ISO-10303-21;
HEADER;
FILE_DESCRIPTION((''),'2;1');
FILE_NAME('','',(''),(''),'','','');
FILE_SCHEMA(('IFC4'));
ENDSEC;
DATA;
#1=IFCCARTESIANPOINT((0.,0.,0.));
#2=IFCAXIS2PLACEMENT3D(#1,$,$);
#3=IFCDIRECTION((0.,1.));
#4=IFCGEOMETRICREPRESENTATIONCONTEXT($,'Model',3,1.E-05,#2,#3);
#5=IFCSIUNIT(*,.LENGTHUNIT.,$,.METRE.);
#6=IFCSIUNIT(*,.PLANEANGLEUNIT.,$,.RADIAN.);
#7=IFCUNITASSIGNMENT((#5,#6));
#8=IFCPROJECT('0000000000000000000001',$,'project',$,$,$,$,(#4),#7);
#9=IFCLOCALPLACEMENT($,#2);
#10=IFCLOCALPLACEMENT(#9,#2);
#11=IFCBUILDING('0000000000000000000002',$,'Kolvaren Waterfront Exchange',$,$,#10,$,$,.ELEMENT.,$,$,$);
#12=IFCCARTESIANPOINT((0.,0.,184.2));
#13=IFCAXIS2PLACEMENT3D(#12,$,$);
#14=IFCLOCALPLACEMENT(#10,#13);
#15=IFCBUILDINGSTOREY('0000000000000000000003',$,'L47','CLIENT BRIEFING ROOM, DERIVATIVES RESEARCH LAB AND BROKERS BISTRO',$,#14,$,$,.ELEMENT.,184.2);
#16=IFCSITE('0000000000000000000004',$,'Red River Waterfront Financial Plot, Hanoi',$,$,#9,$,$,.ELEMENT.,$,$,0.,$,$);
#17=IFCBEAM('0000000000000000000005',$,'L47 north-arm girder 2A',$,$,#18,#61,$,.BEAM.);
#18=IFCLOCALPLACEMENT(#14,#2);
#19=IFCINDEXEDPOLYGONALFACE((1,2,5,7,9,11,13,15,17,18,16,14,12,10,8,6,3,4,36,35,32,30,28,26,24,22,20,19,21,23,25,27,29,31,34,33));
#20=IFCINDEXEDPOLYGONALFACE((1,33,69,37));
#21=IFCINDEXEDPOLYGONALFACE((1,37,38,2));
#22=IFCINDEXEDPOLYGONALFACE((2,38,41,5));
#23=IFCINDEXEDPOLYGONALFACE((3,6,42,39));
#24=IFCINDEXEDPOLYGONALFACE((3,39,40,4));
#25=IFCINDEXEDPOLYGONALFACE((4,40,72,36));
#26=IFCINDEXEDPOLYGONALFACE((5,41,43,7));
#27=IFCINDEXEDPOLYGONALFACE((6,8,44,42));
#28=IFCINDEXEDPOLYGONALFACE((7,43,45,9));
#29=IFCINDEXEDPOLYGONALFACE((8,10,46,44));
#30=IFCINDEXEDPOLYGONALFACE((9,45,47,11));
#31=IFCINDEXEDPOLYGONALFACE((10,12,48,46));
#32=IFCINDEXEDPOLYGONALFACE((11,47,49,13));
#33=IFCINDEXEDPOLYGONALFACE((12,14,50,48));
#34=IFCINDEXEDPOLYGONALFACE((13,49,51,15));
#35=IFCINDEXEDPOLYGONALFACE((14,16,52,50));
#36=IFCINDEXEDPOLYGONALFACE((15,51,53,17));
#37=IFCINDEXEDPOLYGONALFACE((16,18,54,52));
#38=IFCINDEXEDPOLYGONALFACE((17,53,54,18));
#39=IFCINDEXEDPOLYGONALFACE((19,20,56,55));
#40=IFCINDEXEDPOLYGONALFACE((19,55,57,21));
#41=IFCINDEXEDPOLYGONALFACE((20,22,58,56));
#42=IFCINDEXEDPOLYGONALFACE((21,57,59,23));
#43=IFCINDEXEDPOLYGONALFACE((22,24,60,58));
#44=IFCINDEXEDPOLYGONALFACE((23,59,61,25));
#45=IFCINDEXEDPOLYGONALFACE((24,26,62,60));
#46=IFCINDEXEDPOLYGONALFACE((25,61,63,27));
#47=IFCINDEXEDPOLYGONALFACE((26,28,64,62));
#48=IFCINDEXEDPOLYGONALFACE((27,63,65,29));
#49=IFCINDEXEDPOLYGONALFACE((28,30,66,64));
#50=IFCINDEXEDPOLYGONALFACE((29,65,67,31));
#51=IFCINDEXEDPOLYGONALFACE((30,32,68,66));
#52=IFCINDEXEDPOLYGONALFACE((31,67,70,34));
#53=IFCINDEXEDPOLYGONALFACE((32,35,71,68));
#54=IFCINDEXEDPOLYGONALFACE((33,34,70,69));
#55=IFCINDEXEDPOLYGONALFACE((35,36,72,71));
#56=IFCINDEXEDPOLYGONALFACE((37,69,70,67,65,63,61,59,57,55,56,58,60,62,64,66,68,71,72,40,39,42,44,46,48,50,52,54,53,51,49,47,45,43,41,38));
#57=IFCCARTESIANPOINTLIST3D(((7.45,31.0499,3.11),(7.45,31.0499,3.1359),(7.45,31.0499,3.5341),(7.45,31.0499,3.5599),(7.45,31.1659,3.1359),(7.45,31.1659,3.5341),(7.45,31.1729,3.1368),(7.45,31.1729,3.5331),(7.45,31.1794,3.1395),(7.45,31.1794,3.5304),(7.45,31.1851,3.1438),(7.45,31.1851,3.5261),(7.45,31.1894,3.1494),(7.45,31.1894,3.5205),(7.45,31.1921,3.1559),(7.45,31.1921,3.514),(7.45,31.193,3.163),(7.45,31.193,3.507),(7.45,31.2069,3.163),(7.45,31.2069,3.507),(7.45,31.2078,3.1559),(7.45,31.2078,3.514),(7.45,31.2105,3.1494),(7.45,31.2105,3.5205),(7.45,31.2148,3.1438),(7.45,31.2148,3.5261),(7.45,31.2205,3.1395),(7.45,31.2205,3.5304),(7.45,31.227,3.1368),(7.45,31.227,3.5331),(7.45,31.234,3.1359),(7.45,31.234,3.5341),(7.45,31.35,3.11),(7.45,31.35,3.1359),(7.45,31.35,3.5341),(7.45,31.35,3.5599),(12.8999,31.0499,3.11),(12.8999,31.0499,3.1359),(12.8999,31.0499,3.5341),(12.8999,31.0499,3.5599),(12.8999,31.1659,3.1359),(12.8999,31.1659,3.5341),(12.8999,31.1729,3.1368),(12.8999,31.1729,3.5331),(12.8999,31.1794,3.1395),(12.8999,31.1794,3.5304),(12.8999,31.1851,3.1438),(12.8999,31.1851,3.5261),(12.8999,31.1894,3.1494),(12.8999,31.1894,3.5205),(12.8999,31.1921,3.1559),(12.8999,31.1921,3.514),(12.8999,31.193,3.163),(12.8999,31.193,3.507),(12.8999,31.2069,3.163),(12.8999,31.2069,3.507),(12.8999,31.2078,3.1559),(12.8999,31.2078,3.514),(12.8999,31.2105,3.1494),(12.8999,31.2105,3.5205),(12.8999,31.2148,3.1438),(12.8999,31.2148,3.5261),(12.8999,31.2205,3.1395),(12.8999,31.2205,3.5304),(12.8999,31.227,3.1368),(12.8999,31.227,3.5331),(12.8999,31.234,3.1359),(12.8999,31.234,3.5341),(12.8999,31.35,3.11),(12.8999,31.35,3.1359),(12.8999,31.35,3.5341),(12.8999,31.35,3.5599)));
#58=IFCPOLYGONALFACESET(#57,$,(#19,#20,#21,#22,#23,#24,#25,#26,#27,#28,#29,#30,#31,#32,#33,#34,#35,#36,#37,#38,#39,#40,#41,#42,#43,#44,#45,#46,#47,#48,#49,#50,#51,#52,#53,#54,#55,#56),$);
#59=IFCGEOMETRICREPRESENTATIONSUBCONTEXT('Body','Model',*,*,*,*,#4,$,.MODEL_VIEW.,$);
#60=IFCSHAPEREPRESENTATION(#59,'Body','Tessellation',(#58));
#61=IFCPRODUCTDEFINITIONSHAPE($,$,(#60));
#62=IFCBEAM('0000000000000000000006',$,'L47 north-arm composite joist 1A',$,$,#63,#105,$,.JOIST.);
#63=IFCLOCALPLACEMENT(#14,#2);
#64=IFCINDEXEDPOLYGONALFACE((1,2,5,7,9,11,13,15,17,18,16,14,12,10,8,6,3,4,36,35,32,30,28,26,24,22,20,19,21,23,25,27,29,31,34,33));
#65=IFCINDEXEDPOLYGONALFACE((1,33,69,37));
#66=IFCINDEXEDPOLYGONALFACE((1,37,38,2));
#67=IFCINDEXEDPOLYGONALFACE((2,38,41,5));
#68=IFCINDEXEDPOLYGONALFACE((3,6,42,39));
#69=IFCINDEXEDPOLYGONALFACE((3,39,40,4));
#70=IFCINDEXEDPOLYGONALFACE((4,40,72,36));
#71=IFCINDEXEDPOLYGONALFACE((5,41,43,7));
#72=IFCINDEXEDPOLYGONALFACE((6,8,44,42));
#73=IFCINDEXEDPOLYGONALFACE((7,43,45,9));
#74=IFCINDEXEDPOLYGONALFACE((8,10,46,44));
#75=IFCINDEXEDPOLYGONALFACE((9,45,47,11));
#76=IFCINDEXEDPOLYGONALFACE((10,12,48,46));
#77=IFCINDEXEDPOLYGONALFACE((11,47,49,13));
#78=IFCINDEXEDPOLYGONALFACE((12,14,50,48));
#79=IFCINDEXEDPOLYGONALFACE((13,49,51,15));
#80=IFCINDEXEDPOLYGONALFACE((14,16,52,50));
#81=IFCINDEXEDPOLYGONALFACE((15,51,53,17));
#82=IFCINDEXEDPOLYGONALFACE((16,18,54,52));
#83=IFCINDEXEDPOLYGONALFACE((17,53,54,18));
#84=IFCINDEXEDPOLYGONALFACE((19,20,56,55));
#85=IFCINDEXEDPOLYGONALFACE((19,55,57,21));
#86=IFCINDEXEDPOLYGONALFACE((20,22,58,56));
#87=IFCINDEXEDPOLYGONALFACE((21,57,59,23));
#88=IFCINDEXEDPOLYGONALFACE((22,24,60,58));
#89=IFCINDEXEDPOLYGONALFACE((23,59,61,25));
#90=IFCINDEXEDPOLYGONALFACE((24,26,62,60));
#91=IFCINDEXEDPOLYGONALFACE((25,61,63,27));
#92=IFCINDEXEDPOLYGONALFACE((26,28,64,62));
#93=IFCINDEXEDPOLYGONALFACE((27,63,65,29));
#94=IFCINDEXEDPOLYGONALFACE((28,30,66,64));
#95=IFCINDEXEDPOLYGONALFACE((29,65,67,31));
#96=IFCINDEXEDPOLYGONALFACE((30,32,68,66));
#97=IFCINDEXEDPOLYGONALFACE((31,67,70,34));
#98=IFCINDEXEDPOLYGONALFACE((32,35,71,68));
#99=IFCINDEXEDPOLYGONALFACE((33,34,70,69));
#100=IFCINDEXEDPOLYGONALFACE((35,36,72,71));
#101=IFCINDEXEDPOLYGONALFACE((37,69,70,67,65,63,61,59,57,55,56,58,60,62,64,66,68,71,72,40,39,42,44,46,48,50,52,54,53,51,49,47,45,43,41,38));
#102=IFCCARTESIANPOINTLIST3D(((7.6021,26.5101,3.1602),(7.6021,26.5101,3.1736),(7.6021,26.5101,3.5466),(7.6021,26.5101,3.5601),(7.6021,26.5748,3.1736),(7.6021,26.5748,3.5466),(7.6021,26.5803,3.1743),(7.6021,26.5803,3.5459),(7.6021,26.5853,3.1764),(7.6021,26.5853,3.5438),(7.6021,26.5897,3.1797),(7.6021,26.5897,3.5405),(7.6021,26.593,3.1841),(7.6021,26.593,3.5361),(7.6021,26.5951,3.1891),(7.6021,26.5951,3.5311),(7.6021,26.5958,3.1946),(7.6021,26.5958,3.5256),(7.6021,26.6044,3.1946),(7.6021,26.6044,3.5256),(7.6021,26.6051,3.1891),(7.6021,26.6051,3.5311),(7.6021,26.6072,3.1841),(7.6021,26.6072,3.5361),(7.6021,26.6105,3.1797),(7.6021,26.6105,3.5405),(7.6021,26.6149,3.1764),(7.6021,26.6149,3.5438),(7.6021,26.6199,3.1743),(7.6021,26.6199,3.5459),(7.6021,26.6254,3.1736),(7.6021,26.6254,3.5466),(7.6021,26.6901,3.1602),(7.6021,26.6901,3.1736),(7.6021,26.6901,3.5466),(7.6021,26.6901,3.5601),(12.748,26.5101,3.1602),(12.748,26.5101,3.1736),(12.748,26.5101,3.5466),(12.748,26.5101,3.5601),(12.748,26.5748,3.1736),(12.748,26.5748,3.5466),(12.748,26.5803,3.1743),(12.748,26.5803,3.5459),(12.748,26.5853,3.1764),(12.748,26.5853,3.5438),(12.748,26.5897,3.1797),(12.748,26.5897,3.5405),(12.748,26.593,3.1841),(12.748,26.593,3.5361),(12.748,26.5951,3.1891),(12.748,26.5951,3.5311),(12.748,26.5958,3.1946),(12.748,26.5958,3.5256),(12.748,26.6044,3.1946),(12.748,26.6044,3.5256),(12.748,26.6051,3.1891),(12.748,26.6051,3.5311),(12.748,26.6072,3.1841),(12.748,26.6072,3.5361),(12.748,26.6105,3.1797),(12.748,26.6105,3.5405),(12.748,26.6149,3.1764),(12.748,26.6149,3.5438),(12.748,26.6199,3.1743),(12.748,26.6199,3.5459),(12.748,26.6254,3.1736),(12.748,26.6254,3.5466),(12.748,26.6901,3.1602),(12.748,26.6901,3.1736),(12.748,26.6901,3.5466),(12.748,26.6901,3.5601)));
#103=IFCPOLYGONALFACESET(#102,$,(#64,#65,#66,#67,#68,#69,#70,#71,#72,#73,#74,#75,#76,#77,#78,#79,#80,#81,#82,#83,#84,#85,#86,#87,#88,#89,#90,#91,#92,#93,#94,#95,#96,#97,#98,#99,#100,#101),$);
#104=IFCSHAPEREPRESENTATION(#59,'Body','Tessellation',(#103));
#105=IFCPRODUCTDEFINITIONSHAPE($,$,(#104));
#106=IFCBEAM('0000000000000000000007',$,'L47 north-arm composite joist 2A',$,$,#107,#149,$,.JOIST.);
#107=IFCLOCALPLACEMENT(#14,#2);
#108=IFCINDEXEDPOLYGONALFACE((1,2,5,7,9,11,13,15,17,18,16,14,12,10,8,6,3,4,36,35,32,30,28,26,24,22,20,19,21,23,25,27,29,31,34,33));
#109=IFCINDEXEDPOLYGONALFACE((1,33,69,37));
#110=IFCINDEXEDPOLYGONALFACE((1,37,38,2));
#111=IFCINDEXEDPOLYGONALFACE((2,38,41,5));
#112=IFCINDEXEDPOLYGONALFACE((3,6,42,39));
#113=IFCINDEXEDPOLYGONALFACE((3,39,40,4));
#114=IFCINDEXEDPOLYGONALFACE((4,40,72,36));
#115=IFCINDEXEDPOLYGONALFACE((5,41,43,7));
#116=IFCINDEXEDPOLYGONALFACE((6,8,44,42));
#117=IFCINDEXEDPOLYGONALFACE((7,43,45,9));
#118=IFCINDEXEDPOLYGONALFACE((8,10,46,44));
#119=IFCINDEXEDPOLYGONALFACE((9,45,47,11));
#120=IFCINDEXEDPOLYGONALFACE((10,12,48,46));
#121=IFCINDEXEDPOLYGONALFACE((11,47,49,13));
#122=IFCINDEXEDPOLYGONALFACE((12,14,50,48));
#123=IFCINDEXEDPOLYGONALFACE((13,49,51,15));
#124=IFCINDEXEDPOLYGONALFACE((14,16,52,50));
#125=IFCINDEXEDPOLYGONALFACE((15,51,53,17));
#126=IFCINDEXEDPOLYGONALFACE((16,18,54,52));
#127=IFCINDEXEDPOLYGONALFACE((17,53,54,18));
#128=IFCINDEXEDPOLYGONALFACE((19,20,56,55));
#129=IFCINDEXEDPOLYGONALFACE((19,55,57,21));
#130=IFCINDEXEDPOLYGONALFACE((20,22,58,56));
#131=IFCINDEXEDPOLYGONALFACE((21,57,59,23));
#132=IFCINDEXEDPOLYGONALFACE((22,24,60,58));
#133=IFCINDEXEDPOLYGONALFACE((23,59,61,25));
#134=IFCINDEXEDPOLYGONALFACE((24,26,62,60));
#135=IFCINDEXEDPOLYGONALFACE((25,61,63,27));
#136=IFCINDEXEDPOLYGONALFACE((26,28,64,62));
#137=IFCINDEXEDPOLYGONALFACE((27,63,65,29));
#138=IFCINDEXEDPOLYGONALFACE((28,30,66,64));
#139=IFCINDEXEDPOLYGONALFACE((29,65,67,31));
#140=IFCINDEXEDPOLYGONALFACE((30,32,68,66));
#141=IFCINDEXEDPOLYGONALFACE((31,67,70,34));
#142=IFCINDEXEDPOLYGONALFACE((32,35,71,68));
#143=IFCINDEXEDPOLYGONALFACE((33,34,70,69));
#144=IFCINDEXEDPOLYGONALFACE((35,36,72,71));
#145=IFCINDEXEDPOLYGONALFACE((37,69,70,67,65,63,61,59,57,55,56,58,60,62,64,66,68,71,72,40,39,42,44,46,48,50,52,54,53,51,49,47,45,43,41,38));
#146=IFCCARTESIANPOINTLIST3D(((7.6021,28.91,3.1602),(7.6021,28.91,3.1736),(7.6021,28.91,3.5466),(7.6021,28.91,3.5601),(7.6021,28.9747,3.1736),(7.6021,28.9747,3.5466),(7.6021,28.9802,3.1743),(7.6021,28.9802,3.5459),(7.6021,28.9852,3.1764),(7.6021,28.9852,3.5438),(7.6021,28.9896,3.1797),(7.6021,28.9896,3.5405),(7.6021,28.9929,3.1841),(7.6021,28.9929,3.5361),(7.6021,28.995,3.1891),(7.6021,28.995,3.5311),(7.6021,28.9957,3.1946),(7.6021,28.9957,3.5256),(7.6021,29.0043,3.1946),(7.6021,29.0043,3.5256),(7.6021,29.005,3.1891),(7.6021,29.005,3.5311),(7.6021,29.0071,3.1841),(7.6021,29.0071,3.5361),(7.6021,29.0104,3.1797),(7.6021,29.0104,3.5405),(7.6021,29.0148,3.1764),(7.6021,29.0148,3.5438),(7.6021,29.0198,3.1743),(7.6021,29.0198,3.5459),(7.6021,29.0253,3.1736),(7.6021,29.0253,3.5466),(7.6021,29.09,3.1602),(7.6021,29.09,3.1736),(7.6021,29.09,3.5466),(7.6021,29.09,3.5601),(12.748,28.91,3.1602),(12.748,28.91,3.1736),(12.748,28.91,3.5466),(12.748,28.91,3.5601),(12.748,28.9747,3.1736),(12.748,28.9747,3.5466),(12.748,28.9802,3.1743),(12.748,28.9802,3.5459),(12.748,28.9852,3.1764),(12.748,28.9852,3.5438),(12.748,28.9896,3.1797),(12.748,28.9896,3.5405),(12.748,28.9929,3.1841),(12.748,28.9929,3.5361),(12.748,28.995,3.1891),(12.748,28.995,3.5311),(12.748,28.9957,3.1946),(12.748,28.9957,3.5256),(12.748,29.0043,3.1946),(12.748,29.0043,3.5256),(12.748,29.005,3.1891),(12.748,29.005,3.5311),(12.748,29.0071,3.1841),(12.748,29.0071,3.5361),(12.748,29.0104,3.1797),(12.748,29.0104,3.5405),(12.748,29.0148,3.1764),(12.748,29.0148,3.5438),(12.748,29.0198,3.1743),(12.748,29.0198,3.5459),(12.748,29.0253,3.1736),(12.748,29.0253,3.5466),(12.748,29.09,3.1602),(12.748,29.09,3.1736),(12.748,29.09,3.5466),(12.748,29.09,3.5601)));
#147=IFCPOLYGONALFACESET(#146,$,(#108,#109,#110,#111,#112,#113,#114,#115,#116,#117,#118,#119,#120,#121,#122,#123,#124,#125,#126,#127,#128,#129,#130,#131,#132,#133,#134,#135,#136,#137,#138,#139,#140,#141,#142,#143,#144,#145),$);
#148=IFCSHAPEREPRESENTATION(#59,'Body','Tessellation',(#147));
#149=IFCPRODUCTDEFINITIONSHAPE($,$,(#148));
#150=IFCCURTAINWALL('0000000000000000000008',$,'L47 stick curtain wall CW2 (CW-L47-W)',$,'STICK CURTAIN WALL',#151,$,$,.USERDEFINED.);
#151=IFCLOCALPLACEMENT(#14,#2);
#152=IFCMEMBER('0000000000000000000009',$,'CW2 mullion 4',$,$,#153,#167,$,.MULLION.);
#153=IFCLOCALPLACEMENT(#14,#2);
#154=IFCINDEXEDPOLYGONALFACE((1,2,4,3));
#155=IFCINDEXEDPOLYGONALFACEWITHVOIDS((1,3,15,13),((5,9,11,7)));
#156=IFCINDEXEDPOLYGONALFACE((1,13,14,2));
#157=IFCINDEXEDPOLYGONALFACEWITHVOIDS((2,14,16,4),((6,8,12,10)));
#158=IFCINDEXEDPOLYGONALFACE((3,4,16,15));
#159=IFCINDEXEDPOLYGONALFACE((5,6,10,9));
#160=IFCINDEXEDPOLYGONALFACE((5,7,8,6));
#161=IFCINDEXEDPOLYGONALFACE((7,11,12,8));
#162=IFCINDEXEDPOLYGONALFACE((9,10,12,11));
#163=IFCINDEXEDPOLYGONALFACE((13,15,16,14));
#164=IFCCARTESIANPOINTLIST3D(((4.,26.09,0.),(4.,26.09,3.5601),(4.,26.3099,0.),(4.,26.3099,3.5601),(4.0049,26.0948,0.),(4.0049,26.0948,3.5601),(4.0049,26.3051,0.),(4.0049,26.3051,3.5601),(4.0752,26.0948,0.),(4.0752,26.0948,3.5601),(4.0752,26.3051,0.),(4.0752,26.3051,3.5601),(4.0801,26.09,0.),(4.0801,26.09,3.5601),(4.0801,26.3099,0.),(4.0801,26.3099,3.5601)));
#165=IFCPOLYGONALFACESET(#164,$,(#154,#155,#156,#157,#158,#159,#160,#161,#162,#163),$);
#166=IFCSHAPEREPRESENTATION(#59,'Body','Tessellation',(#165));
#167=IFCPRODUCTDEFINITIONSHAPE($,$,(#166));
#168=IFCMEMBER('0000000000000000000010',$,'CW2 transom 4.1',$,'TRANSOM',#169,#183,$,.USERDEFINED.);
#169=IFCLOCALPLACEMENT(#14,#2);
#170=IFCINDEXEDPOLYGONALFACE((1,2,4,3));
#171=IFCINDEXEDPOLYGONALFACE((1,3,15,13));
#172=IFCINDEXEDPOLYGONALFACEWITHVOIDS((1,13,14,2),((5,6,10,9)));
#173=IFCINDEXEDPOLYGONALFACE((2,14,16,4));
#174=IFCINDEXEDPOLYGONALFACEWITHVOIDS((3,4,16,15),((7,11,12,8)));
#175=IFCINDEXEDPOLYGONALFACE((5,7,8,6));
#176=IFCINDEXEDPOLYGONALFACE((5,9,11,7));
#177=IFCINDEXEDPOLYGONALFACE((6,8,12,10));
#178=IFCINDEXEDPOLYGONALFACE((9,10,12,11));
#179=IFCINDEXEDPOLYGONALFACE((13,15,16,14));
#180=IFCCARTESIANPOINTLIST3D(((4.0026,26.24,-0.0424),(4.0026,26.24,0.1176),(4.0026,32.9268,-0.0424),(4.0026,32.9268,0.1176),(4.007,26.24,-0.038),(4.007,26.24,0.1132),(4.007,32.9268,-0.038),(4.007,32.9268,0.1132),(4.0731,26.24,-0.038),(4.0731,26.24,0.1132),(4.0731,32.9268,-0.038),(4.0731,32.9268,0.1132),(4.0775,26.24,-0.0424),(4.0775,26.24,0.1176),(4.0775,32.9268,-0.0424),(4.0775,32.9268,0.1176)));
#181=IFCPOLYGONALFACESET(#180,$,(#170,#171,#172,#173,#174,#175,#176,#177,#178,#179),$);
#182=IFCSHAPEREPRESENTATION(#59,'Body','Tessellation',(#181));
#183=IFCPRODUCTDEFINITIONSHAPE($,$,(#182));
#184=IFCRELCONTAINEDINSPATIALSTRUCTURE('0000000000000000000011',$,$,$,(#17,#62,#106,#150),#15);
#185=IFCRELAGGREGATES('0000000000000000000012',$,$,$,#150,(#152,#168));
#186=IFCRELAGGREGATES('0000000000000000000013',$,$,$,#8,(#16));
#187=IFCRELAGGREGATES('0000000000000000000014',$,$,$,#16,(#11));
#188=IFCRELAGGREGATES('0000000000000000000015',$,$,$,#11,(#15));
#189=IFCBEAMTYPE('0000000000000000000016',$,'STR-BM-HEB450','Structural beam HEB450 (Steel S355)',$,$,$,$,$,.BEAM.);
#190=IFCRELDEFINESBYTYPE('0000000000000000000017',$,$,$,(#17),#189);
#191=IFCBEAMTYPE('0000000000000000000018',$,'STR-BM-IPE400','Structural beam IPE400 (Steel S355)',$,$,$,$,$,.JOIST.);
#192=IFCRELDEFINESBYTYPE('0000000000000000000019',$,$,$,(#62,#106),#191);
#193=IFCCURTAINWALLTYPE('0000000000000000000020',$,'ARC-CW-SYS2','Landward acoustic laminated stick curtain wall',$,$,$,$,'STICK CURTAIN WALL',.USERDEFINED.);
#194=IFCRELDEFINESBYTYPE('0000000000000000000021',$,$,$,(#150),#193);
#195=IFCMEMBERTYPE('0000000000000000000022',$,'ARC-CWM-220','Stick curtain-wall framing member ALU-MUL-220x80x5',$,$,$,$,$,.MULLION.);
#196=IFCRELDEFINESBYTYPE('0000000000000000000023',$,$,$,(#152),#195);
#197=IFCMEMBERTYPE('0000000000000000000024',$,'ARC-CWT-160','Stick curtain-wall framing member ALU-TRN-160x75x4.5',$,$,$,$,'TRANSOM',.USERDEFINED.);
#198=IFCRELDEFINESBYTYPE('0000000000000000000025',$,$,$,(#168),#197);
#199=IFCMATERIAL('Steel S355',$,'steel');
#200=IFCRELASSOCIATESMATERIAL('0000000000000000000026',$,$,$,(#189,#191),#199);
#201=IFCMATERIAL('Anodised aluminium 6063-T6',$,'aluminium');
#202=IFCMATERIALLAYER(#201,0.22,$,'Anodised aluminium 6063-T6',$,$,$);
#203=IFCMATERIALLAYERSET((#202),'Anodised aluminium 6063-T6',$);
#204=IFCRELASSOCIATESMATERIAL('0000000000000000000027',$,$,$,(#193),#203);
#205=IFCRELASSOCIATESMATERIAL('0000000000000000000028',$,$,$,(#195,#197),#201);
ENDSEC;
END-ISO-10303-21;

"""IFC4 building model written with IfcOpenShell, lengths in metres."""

from ifc_helpers import new_model, si_unit, direction, frame, origin, origin_with_axes, origin_2d, place, context, subcontext, project, spatial, hollow_rectangle, i_section, extrude, source, transform, mapped, material, layer, layer_set, material_profile, profile_set, type_object, element, aggregate, save


model = new_model("IFC4")

# Units and contexts
model_context = context("Model", 3, precision=1e-05, world=origin(), true_north=direction((0.0, 1.0)))
body_context = subcontext(model_context, "Body", "Model", "MODEL_VIEW")
ifc_project = project(units=[si_unit("LENGTHUNIT", "METRE"), si_unit("PLANEANGLEUNIT", "RADIAN")], contexts=[model_context])

# Site, building, storey
site_placement = place(None, origin())
site = spatial("IfcSite", under=ifc_project, at=site_placement, Name="Red River Waterfront Financial Plot, Hanoi", CompositionType="ELEMENT", RefElevation=0.0)
building_placement = place(site_placement, origin())
building = spatial("IfcBuilding", under=site, at=building_placement, Name="Kolvaren Waterfront Exchange", CompositionType="ELEMENT")
storey_placement = place(building_placement, frame((0.0, 0.0, 184.2)))
storey = spatial("IfcBuildingStorey", under=building, at=storey_placement, Name="L47", Description="CLIENT BRIEFING ROOM, DERIVATIVES RESEARCH LAB AND BROKERS BISTRO", CompositionType="ELEMENT", Elevation=184.2)

# Beams
ifc_material_1 = material(Name="Steel S355", Category="steel")
ifc_material_profile_1 = material_profile(ifc_material_1, i_section(OverallWidth=0.3, OverallDepth=0.45, WebThickness=0.0139, FlangeThickness=0.0259, FilletRadius=0.0271, at=origin_2d()), Name="HEB450")
ifc_profile_set_1 = profile_set([ifc_material_profile_1], Name="Steel S355")
beam_type_1 = type_object("IfcBeamType", Name="STR-BM-HEB450", Description="Structural beam HEB450 (Steel S355)", PredefinedType="BEAM", material=ifc_profile_set_1)
for number, where, z_axis, x_axis, name in (
    (1, (7.45, 31.2, 3.335), (1.0, 0.0, 0.0), (0.0, 1.0, 0.0), "L47 north-arm girder 2A"),
):
    element("IfcBeam", number, at=place(storey_placement, frame(where, z_axis=z_axis, x_axis=x_axis)), inside=storey, type_object=beam_type_1, Name=name, PredefinedType="BEAM", context=body_context, shape_type="SweptSolid", body=[
        extrude(i_section(OverallWidth=0.3, OverallDepth=0.45, WebThickness=0.0139, FlangeThickness=0.0259, FilletRadius=0.0271, at=origin_2d()), origin(), (0.0, 0.0, 1.0), 5.45),
    ])
ifc_material_profile_2 = material_profile(ifc_material_1, i_section(OverallWidth=0.1799, OverallDepth=0.3999, WebThickness=0.0085, FlangeThickness=0.0134, FilletRadius=0.021, at=origin_2d()), Name="IPE400")
ifc_profile_set_2 = profile_set([ifc_material_profile_2], Name="Steel S355")
beam_type_2 = type_object("IfcBeamType", Name="STR-BM-IPE400", Description="Structural beam IPE400 (Steel S355)", PredefinedType="JOIST", material=ifc_profile_set_2)
for number, where, z_axis, x_axis, name in (
    (2, (7.6021, 26.6001, 3.3601), (1.0, 0.0, 0.0), (0.0, 1.0, 0.0), "L47 north-arm composite joist 1A"),
    (3, (7.6021, 29.0, 3.3601), (1.0, 0.0, 0.0), (0.0, 1.0, 0.0), "L47 north-arm composite joist 2A"),
):
    element("IfcBeam", number, at=place(storey_placement, frame(where, z_axis=z_axis, x_axis=x_axis)), inside=storey, type_object=beam_type_2, Name=name, PredefinedType="JOIST", context=body_context, shape_type="SweptSolid", body=[
        extrude(i_section(OverallWidth=0.1799, OverallDepth=0.3999, WebThickness=0.0085, FlangeThickness=0.0134, FilletRadius=0.021, at=origin_2d()), origin(), (0.0, 0.0, 1.0), 5.146),
    ])

# Curtain wall, members
ifc_material_2 = material(Name="Anodised aluminium 6063-T6", Category="aluminium")
ifc_layer_1 = layer(ifc_material_2, 0.22, Name="Anodised aluminium 6063-T6")
ifc_layer_set_1 = layer_set([ifc_layer_1], Name="Anodised aluminium 6063-T6")
curtain_wall_type = type_object("IfcCurtainWallType", Name="ARC-CW-SYS2", Description="Landward acoustic laminated stick curtain wall", ElementType="STICK CURTAIN WALL", PredefinedType="USERDEFINED", material=ifc_layer_set_1)
curtain_wall_placement = place(storey_placement, origin())
curtain_wall = element("IfcCurtainWall", 4, at=curtain_wall_placement, inside=storey, type_object=curtain_wall_type, Name="L47 stick curtain wall CW2 (CW-L47-W)", ObjectType="STICK CURTAIN WALL", PredefinedType="USERDEFINED")
ifc_material_profile_3 = material_profile(ifc_material_2, hollow_rectangle(XDim=0.0801, YDim=0.22, WallThickness=0.0049, at=origin_2d()), Name="ALU-MUL-220x80x5")
ifc_profile_set_3 = profile_set([ifc_material_profile_3], Name="Anodised aluminium 6063-T6")
member_type_1 = type_object("IfcMemberType", Name="ARC-CWM-220", Description="Stick curtain-wall framing member ALU-MUL-220x80x5", PredefinedType="MULLION", material=ifc_profile_set_3)
shared_shape_1 = source(origin_with_axes(), body_context, "Body", "SweptSolid", [
    extrude(hollow_rectangle(XDim=0.0801, YDim=0.22, WallThickness=0.0049, at=origin_2d()), origin(), (0.0, 0.0, 1.0), 3.5601),
])
member_1_placement = place(storey_placement, frame((4.04, 26.2, 0.0), z_axis=(0.0, 0.0, 1.0), x_axis=(-1.0, 0.0, 0.0)))
member_1 = element("IfcMember", 5, at=member_1_placement, type_object=member_type_1, Name="CW2 mullion 4", PredefinedType="MULLION", context=body_context, shape_type="MappedRepresentation", body=[
    mapped(shared_shape_1, transform((0.0, 0.0, 0.0), x_axis=(1.0, 0.0, 0.0), y_axis=(0.0, 1.0, 0.0), z_axis=(0.0, 0.0, 1.0), scale=1.0)),
])
ifc_material_profile_4 = material_profile(ifc_material_2, hollow_rectangle(XDim=0.075, YDim=0.1599, WallThickness=0.0044, at=origin_2d()), Name="ALU-TRN-160x75x4.5")
ifc_profile_set_4 = profile_set([ifc_material_profile_4], Name="Anodised aluminium 6063-T6")
member_type_2 = type_object("IfcMemberType", Name="ARC-CWT-160", Description="Stick curtain-wall framing member ALU-TRN-160x75x4.5", ElementType="TRANSOM", PredefinedType="USERDEFINED", material=ifc_profile_set_4)
shared_shape_2 = source(origin_with_axes(), body_context, "Body", "SweptSolid", [
    extrude(hollow_rectangle(XDim=0.075, YDim=0.1599, WallThickness=0.0044, at=origin_2d()), origin(), (0.0, 0.0, 1.0), 6.6868),
])
member_2_placement = place(storey_placement, frame((4.04, 26.24, 0.0376), z_axis=(0.0, 1.0, 0.0), x_axis=(-1.0, 0.0, 0.0)))
member_2 = element("IfcMember", 6, at=member_2_placement, type_object=member_type_2, Name="CW2 transom 4.1", ObjectType="TRANSOM", PredefinedType="USERDEFINED", context=body_context, shape_type="MappedRepresentation", body=[
    mapped(shared_shape_2, transform((0.0, 0.0, 0.0), x_axis=(1.0, 0.0, 0.0), y_axis=(0.0, 1.0, 0.0), z_axis=(0.0, 0.0, 1.0), scale=1.0)),
])
aggregate(curtain_wall, [member_1, member_2])

save(model, "model.ifc")
